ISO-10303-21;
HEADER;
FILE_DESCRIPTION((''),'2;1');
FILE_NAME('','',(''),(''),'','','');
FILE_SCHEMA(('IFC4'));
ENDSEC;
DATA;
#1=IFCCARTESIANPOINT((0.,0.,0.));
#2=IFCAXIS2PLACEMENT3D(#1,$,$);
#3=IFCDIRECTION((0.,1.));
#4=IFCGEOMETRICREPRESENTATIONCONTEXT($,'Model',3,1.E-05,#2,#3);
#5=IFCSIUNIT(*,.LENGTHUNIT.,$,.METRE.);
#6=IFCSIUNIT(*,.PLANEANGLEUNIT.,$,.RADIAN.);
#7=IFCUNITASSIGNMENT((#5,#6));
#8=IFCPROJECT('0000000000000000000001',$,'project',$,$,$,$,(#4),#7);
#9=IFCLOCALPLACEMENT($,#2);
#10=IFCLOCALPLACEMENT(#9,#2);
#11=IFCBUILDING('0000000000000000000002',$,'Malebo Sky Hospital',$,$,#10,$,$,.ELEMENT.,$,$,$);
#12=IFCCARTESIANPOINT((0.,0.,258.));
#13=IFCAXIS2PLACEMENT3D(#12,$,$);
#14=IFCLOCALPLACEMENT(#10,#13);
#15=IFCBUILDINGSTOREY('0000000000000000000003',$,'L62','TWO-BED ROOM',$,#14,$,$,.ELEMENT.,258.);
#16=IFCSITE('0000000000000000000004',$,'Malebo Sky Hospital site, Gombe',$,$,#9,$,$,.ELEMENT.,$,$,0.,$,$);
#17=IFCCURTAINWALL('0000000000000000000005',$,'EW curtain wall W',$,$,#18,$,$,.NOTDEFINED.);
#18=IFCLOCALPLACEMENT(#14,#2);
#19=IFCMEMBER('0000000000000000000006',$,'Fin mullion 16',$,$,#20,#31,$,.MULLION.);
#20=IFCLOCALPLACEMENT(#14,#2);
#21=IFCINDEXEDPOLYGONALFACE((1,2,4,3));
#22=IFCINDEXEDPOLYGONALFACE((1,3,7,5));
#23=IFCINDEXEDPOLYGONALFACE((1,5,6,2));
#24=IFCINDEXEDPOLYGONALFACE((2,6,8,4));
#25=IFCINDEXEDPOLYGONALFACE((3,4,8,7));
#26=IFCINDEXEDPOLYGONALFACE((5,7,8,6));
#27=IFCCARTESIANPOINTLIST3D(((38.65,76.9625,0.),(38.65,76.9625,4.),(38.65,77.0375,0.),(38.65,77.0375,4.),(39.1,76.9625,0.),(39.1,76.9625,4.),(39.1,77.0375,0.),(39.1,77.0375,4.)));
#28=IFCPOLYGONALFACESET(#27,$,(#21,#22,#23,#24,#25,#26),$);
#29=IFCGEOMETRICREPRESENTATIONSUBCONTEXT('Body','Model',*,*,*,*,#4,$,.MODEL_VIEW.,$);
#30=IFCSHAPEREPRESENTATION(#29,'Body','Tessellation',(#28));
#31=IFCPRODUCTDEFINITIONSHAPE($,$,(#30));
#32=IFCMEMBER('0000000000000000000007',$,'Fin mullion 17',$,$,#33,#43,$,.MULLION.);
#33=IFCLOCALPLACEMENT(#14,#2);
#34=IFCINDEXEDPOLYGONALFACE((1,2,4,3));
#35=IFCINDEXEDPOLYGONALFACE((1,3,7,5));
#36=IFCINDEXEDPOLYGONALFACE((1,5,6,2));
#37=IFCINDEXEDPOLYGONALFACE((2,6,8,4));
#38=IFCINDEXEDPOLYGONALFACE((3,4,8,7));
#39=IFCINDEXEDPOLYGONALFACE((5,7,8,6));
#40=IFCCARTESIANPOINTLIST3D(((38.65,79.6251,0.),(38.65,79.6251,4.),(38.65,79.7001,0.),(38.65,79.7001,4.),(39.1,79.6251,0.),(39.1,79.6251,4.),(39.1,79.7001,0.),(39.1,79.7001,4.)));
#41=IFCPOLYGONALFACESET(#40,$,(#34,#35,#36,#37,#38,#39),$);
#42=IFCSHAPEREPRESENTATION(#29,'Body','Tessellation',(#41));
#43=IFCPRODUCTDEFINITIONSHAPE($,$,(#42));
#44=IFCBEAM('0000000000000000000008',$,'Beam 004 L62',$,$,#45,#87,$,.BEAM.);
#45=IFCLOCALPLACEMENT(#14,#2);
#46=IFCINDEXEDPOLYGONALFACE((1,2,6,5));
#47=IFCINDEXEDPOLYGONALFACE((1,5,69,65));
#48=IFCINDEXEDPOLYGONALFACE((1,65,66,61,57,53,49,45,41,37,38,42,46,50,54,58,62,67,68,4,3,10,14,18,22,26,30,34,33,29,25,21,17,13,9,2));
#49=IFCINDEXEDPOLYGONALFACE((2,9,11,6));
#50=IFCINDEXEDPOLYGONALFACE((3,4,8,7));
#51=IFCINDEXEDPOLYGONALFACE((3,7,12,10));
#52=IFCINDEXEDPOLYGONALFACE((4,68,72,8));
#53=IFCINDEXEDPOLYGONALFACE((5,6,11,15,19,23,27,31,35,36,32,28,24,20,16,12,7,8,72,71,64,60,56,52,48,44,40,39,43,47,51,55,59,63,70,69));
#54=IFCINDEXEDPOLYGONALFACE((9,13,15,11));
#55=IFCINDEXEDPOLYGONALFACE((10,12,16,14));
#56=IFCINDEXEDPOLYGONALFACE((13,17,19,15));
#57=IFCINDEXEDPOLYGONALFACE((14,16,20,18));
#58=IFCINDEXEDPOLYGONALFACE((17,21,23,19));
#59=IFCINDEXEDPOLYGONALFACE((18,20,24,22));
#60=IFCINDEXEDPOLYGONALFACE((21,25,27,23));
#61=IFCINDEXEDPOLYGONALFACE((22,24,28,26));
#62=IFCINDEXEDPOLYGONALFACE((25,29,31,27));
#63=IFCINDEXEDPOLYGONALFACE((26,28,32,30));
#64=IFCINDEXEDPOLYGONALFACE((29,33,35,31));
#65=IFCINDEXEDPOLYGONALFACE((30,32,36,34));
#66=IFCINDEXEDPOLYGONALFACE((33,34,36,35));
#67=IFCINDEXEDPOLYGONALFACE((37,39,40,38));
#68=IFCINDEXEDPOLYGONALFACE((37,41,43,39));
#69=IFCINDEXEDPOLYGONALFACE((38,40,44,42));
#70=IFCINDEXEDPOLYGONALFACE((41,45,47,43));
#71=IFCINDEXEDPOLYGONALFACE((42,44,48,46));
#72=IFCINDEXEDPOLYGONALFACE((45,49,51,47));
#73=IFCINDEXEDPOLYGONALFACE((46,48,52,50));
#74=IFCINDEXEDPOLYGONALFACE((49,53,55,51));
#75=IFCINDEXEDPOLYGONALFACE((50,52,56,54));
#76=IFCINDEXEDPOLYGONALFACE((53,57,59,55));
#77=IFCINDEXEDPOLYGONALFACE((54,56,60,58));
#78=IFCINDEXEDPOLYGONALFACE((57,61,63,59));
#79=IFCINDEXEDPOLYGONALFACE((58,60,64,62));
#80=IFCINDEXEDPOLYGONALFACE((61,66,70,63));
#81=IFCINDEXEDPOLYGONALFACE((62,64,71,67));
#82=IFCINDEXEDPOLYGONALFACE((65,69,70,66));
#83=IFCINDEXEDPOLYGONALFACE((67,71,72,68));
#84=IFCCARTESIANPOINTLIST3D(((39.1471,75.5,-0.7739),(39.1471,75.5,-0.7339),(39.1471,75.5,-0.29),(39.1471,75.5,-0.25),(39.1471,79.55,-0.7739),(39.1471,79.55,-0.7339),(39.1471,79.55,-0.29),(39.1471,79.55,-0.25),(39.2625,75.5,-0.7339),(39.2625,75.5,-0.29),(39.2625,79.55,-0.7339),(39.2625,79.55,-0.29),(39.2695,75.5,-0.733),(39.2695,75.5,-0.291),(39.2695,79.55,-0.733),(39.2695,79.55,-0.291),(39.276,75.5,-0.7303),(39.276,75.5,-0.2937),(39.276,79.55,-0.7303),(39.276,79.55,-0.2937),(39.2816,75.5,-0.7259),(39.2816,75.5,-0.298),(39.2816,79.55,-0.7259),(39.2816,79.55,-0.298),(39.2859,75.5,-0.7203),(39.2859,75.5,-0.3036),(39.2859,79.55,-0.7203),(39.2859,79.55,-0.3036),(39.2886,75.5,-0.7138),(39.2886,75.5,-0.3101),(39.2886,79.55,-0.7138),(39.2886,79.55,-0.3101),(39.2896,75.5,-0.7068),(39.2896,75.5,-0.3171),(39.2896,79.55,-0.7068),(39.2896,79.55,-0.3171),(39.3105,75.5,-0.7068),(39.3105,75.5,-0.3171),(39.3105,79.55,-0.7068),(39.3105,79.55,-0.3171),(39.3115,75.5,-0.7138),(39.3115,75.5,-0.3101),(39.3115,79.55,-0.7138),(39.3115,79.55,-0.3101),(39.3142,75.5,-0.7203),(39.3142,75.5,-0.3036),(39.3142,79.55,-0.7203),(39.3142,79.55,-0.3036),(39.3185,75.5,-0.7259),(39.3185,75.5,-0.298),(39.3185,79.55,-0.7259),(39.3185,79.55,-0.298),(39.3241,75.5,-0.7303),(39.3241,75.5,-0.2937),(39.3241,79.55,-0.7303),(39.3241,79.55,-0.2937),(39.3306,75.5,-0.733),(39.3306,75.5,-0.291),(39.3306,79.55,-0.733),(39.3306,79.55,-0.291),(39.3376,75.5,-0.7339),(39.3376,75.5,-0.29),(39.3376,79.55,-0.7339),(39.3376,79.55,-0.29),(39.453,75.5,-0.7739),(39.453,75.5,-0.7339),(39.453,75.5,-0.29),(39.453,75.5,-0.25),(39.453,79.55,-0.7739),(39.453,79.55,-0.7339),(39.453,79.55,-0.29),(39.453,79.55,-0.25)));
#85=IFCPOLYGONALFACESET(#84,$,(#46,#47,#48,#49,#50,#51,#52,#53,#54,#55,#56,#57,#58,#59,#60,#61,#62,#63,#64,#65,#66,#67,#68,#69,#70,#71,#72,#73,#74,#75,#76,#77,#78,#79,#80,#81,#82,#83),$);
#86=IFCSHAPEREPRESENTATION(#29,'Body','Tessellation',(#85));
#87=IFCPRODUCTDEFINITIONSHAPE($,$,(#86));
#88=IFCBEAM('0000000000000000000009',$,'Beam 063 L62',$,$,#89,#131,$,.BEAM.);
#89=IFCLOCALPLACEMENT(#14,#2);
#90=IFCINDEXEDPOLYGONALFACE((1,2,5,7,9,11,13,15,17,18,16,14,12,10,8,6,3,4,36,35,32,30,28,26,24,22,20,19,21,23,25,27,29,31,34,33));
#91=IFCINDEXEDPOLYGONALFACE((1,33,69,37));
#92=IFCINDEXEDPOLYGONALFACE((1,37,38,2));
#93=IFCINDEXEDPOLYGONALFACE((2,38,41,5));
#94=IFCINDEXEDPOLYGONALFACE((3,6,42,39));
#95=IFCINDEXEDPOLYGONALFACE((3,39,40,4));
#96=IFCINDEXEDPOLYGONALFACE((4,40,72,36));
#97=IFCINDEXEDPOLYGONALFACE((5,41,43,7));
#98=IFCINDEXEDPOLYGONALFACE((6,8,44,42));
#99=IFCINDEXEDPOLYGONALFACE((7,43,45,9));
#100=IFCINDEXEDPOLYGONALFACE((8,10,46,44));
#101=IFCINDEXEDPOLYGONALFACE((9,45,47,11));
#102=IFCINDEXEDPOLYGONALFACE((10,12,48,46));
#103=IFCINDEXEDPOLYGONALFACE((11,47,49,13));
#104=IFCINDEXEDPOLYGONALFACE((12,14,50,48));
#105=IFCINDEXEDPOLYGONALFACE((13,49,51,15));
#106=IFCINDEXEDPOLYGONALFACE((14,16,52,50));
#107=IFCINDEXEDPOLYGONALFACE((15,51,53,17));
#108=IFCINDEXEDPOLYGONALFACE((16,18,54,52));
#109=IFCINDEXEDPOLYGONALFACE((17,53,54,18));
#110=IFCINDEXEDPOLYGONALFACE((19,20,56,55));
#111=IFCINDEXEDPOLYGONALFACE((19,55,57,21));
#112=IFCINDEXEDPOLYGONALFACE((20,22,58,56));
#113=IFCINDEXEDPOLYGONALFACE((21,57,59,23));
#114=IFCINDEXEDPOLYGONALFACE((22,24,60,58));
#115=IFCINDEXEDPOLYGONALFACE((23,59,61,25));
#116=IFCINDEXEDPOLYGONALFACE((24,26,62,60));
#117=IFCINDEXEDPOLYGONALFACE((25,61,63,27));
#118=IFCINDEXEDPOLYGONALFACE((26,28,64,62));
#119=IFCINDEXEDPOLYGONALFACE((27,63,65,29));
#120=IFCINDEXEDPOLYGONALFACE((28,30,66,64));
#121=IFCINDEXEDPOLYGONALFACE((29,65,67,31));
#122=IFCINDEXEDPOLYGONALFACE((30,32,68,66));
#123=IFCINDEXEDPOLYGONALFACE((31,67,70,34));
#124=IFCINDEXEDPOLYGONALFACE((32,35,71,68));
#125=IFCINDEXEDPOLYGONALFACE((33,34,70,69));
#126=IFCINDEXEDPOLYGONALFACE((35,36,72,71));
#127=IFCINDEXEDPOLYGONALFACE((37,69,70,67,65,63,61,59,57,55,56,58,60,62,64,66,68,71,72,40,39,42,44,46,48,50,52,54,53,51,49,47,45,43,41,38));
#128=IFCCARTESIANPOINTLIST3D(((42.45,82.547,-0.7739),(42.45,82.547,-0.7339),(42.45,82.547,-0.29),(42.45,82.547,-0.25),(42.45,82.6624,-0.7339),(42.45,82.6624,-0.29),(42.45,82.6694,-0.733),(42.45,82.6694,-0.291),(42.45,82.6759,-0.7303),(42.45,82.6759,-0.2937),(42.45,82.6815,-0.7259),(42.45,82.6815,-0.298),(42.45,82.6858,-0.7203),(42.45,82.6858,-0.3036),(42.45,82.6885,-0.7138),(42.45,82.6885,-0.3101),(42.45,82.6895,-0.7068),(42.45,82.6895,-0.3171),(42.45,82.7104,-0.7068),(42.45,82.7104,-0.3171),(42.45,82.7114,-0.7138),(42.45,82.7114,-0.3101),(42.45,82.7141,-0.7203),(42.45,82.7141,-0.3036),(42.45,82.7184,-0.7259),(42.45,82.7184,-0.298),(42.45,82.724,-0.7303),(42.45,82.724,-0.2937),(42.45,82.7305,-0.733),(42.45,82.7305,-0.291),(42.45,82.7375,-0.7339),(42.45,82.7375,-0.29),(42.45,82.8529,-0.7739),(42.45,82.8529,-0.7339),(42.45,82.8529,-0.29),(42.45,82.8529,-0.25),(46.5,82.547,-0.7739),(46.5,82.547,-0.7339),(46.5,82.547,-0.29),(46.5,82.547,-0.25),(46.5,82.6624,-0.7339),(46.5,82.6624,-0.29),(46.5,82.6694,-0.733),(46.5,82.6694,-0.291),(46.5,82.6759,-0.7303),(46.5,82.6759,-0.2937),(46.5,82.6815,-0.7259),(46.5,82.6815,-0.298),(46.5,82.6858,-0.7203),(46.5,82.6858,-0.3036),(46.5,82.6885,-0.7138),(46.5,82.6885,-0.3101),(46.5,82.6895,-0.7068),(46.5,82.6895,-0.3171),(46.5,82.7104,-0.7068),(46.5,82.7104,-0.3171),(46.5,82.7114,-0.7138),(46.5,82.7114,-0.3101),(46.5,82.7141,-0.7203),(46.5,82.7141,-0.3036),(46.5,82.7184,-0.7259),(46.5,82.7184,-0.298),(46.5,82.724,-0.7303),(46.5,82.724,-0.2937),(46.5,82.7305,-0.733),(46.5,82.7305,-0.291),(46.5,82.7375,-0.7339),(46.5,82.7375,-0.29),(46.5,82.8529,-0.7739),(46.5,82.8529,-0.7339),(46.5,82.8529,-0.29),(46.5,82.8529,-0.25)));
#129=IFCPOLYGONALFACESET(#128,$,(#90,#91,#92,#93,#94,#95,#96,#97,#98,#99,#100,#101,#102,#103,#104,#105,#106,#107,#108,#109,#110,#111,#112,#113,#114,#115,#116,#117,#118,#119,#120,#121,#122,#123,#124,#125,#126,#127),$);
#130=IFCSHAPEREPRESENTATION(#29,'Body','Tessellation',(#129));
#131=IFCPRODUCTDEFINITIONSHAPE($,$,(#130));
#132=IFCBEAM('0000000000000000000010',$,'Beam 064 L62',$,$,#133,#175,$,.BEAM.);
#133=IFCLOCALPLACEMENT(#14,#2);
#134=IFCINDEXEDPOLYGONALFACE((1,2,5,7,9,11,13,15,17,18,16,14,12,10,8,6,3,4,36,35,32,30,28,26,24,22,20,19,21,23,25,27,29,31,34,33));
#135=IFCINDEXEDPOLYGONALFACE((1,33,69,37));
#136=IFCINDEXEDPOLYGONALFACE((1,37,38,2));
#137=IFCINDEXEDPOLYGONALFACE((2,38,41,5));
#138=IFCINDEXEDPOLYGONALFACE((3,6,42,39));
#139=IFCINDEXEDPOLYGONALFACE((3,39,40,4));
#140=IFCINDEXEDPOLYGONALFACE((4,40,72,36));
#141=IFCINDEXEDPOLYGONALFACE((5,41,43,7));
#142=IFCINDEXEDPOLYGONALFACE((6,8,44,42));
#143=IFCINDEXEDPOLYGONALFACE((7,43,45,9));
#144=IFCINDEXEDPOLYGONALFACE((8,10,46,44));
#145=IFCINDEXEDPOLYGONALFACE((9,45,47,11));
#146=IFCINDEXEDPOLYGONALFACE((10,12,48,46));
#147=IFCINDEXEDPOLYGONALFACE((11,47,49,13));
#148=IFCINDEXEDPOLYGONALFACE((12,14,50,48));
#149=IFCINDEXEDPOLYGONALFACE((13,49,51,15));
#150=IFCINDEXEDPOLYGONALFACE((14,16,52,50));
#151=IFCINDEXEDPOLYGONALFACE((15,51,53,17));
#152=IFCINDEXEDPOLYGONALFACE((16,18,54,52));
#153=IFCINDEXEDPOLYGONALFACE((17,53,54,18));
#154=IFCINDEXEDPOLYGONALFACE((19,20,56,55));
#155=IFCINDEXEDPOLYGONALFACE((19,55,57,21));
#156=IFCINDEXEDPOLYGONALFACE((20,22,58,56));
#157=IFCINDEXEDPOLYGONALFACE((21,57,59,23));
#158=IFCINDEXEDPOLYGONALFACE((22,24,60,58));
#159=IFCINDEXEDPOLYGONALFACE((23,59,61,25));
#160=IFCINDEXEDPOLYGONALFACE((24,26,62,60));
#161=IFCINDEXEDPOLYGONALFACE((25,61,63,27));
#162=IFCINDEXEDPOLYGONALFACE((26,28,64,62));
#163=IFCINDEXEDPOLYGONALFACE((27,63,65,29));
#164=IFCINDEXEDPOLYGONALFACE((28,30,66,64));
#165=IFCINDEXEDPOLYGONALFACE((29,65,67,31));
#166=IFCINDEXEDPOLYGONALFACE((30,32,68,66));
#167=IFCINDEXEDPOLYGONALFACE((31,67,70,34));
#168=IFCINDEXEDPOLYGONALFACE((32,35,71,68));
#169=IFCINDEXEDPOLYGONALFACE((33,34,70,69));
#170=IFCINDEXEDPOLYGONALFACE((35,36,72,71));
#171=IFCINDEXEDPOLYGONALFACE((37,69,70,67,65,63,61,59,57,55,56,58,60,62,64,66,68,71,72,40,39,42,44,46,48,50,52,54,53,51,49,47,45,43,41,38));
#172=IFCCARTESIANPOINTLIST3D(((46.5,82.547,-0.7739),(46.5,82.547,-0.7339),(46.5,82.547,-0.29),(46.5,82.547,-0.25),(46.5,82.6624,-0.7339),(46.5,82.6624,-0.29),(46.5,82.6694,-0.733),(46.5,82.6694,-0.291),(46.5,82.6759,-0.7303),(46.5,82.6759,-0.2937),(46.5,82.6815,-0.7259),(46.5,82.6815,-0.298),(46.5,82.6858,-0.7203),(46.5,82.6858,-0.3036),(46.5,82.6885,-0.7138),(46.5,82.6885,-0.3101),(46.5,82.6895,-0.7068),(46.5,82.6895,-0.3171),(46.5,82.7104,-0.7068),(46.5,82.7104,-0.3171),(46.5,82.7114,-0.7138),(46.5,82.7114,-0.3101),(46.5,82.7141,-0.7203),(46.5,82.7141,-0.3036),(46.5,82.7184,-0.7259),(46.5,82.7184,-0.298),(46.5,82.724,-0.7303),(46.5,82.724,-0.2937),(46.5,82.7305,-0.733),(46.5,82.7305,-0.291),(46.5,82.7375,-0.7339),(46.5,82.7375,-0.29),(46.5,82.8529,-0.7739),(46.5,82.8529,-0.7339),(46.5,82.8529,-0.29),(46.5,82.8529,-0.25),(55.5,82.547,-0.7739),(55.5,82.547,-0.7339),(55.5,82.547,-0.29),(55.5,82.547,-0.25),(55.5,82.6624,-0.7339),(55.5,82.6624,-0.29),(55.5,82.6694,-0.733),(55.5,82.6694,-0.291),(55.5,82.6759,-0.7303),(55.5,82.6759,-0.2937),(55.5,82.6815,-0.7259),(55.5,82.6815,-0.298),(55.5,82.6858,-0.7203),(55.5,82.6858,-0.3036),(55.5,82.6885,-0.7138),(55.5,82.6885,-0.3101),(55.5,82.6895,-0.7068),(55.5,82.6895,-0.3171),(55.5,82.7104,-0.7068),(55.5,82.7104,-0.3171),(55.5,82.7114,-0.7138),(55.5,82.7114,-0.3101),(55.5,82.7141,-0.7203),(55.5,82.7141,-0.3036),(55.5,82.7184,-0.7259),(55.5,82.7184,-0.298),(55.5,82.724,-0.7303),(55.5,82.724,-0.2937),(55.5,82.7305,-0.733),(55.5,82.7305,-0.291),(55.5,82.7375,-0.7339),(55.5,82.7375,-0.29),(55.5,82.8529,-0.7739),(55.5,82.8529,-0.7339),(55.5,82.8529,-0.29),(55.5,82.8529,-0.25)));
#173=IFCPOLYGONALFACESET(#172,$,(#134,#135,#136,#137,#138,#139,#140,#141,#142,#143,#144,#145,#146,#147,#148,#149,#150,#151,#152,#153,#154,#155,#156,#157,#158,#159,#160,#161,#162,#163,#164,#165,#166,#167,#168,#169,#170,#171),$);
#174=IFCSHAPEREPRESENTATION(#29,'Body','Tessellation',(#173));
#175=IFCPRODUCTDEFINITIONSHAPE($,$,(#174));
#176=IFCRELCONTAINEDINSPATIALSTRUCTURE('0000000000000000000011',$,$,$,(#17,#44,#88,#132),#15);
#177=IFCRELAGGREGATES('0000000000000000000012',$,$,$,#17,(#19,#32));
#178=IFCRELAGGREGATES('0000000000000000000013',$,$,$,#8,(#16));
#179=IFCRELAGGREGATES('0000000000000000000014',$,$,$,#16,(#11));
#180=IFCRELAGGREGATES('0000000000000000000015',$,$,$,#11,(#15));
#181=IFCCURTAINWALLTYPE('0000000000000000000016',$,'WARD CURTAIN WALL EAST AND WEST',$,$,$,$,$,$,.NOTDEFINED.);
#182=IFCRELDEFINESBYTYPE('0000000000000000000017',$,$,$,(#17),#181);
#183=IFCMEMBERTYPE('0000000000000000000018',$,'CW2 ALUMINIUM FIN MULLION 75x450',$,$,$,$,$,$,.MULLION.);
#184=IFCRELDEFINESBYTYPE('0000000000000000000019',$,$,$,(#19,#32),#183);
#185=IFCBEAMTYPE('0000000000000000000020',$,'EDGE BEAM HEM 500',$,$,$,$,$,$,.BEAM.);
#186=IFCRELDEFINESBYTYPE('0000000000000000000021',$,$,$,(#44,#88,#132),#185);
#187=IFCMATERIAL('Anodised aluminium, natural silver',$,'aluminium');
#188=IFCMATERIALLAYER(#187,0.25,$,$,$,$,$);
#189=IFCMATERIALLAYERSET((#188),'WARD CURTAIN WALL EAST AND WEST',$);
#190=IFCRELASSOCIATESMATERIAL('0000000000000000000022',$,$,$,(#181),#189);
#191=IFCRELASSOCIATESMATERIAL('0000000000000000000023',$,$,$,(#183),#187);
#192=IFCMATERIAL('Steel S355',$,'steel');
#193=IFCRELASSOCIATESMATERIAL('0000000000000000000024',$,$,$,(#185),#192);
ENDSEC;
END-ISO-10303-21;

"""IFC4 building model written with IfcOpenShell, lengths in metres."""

from ifc_helpers import new_model, si_unit, direction, frame, origin, origin_2d, place, context, subcontext, project, spatial, rectangle, i_section, extrude, material, layer, layer_set, material_profile, profile_set, type_object, element, aggregate, save


model = new_model("IFC4")

# Units and contexts
model_context = context("Model", 3, precision=1e-05, world=origin(), true_north=direction((0.0, 1.0)))
body_context = subcontext(model_context, "Body", "Model", "MODEL_VIEW")
ifc_project = project(units=[si_unit("LENGTHUNIT", "METRE"), si_unit("PLANEANGLEUNIT", "RADIAN")], contexts=[model_context])

# Site, building, storey
site_placement = place(None, origin())
site = spatial("IfcSite", under=ifc_project, at=site_placement, Name="Malebo Sky Hospital site, Gombe", CompositionType="ELEMENT", RefElevation=0.0)
building_placement = place(site_placement, origin())
building = spatial("IfcBuilding", under=site, at=building_placement, Name="Malebo Sky Hospital", CompositionType="ELEMENT")
storey_placement = place(building_placement, frame((0.0, 0.0, 258.0)))
storey = spatial("IfcBuildingStorey", under=building, at=storey_placement, Name="L62", Description="TWO-BED ROOM", CompositionType="ELEMENT", Elevation=258.0)

# Curtain wall
ifc_material_1 = material(Name="Anodised aluminium, natural silver", Category="aluminium")
ifc_layer_1 = layer(ifc_material_1, 0.25)
ifc_layer_set_1 = layer_set([ifc_layer_1], Name="WARD CURTAIN WALL EAST AND WEST")
curtain_wall_type_1 = type_object("IfcCurtainWallType", Name="WARD CURTAIN WALL EAST AND WEST", PredefinedType="NOTDEFINED", material=ifc_layer_set_1)
curtain_wall_1_placement = place(storey_placement, origin())
curtain_wall_1 = element("IfcCurtainWall", 1, at=curtain_wall_1_placement, inside=storey, type_object=curtain_wall_type_1, Name="EW curtain wall W", PredefinedType="NOTDEFINED")

# Members
ifc_material_profile_1 = material_profile(ifc_material_1, rectangle(XDim=0.075, YDim=0.45, at=origin_2d()), Name="CW2 ALUMINIUM FIN MULLION 75x450")
ifc_profile_set_1 = profile_set([ifc_material_profile_1], Name="Anodised aluminium, natural silver")
member_type_1 = type_object("IfcMemberType", Name="CW2 ALUMINIUM FIN MULLION 75x450", PredefinedType="MULLION", material=ifc_profile_set_1)
member_1_placement = place(storey_placement, frame((38.875, 77.0, 0.0), z_axis=(0.0, 0.0, 1.0), x_axis=(0.0, 1.0, 0.0)))
member_1 = element("IfcMember", 2, at=member_1_placement, type_object=member_type_1, Name="Fin mullion 16", PredefinedType="MULLION", context=body_context, shape_type="SweptSolid", body=[
    extrude(rectangle(XDim=0.075, YDim=0.45, at=origin_2d()), origin(), (0.0, 0.0, 1.0), 4.0),
])
member_2_placement = place(storey_placement, frame((38.875, 79.6626, 0.0), z_axis=(0.0, 0.0, 1.0), x_axis=(0.0, 1.0, 0.0)))
member_2 = element("IfcMember", 3, at=member_2_placement, type_object=member_type_1, Name="Fin mullion 17", PredefinedType="MULLION", context=body_context, shape_type="SweptSolid", body=[
    extrude(rectangle(XDim=0.075, YDim=0.45, at=origin_2d()), origin(), (0.0, 0.0, 1.0), 4.0),
])

# Beams
ifc_material_2 = material(Name="Steel S355", Category="steel")
ifc_material_profile_2 = material_profile(ifc_material_2, i_section(OverallWidth=0.3059, OverallDepth=0.5239, WebThickness=0.021, FlangeThickness=0.04, FilletRadius=0.0271, at=origin_2d()), Name="HEM 500")
ifc_profile_set_2 = profile_set([ifc_material_profile_2], Name="Steel S355")
beam_type_1 = type_object("IfcBeamType", Name="EDGE BEAM HEM 500", PredefinedType="BEAM", material=ifc_profile_set_2)
for number, where, z_axis, x_axis, name in (
    (4, (39.3, 75.5, -0.512), (0.0, 1.0, 0.0), (-1.0, 0.0, 0.0), "Beam 004 L62"),
    (5, (42.45, 82.7, -0.512), (1.0, 0.0, 0.0), (0.0, 1.0, 0.0), "Beam 063 L62"),
):
    element("IfcBeam", number, at=place(storey_placement, frame(where, z_axis=z_axis, x_axis=x_axis)), inside=storey, type_object=beam_type_1, Name=name, PredefinedType="BEAM", context=body_context, shape_type="SweptSolid", body=[
        extrude(i_section(OverallWidth=0.3059, OverallDepth=0.5239, WebThickness=0.021, FlangeThickness=0.04, FilletRadius=0.0271, at=origin_2d()), origin(), (0.0, 0.0, 1.0), 4.05),
    ])
beam_1_placement = place(storey_placement, frame((46.5, 82.7, -0.512), z_axis=(1.0, 0.0, 0.0), x_axis=(0.0, 1.0, 0.0)))
element("IfcBeam", 6, at=beam_1_placement, inside=storey, type_object=beam_type_1, Name="Beam 064 L62", PredefinedType="BEAM", context=body_context, shape_type="SweptSolid", body=[
    extrude(i_section(OverallWidth=0.3059, OverallDepth=0.5239, WebThickness=0.021, FlangeThickness=0.04, FilletRadius=0.0271, at=origin_2d()), origin(), (0.0, 0.0, 1.0), 9.0),
])

aggregate(curtain_wall_1, [member_1, member_2])

save(model, "model.ifc")
